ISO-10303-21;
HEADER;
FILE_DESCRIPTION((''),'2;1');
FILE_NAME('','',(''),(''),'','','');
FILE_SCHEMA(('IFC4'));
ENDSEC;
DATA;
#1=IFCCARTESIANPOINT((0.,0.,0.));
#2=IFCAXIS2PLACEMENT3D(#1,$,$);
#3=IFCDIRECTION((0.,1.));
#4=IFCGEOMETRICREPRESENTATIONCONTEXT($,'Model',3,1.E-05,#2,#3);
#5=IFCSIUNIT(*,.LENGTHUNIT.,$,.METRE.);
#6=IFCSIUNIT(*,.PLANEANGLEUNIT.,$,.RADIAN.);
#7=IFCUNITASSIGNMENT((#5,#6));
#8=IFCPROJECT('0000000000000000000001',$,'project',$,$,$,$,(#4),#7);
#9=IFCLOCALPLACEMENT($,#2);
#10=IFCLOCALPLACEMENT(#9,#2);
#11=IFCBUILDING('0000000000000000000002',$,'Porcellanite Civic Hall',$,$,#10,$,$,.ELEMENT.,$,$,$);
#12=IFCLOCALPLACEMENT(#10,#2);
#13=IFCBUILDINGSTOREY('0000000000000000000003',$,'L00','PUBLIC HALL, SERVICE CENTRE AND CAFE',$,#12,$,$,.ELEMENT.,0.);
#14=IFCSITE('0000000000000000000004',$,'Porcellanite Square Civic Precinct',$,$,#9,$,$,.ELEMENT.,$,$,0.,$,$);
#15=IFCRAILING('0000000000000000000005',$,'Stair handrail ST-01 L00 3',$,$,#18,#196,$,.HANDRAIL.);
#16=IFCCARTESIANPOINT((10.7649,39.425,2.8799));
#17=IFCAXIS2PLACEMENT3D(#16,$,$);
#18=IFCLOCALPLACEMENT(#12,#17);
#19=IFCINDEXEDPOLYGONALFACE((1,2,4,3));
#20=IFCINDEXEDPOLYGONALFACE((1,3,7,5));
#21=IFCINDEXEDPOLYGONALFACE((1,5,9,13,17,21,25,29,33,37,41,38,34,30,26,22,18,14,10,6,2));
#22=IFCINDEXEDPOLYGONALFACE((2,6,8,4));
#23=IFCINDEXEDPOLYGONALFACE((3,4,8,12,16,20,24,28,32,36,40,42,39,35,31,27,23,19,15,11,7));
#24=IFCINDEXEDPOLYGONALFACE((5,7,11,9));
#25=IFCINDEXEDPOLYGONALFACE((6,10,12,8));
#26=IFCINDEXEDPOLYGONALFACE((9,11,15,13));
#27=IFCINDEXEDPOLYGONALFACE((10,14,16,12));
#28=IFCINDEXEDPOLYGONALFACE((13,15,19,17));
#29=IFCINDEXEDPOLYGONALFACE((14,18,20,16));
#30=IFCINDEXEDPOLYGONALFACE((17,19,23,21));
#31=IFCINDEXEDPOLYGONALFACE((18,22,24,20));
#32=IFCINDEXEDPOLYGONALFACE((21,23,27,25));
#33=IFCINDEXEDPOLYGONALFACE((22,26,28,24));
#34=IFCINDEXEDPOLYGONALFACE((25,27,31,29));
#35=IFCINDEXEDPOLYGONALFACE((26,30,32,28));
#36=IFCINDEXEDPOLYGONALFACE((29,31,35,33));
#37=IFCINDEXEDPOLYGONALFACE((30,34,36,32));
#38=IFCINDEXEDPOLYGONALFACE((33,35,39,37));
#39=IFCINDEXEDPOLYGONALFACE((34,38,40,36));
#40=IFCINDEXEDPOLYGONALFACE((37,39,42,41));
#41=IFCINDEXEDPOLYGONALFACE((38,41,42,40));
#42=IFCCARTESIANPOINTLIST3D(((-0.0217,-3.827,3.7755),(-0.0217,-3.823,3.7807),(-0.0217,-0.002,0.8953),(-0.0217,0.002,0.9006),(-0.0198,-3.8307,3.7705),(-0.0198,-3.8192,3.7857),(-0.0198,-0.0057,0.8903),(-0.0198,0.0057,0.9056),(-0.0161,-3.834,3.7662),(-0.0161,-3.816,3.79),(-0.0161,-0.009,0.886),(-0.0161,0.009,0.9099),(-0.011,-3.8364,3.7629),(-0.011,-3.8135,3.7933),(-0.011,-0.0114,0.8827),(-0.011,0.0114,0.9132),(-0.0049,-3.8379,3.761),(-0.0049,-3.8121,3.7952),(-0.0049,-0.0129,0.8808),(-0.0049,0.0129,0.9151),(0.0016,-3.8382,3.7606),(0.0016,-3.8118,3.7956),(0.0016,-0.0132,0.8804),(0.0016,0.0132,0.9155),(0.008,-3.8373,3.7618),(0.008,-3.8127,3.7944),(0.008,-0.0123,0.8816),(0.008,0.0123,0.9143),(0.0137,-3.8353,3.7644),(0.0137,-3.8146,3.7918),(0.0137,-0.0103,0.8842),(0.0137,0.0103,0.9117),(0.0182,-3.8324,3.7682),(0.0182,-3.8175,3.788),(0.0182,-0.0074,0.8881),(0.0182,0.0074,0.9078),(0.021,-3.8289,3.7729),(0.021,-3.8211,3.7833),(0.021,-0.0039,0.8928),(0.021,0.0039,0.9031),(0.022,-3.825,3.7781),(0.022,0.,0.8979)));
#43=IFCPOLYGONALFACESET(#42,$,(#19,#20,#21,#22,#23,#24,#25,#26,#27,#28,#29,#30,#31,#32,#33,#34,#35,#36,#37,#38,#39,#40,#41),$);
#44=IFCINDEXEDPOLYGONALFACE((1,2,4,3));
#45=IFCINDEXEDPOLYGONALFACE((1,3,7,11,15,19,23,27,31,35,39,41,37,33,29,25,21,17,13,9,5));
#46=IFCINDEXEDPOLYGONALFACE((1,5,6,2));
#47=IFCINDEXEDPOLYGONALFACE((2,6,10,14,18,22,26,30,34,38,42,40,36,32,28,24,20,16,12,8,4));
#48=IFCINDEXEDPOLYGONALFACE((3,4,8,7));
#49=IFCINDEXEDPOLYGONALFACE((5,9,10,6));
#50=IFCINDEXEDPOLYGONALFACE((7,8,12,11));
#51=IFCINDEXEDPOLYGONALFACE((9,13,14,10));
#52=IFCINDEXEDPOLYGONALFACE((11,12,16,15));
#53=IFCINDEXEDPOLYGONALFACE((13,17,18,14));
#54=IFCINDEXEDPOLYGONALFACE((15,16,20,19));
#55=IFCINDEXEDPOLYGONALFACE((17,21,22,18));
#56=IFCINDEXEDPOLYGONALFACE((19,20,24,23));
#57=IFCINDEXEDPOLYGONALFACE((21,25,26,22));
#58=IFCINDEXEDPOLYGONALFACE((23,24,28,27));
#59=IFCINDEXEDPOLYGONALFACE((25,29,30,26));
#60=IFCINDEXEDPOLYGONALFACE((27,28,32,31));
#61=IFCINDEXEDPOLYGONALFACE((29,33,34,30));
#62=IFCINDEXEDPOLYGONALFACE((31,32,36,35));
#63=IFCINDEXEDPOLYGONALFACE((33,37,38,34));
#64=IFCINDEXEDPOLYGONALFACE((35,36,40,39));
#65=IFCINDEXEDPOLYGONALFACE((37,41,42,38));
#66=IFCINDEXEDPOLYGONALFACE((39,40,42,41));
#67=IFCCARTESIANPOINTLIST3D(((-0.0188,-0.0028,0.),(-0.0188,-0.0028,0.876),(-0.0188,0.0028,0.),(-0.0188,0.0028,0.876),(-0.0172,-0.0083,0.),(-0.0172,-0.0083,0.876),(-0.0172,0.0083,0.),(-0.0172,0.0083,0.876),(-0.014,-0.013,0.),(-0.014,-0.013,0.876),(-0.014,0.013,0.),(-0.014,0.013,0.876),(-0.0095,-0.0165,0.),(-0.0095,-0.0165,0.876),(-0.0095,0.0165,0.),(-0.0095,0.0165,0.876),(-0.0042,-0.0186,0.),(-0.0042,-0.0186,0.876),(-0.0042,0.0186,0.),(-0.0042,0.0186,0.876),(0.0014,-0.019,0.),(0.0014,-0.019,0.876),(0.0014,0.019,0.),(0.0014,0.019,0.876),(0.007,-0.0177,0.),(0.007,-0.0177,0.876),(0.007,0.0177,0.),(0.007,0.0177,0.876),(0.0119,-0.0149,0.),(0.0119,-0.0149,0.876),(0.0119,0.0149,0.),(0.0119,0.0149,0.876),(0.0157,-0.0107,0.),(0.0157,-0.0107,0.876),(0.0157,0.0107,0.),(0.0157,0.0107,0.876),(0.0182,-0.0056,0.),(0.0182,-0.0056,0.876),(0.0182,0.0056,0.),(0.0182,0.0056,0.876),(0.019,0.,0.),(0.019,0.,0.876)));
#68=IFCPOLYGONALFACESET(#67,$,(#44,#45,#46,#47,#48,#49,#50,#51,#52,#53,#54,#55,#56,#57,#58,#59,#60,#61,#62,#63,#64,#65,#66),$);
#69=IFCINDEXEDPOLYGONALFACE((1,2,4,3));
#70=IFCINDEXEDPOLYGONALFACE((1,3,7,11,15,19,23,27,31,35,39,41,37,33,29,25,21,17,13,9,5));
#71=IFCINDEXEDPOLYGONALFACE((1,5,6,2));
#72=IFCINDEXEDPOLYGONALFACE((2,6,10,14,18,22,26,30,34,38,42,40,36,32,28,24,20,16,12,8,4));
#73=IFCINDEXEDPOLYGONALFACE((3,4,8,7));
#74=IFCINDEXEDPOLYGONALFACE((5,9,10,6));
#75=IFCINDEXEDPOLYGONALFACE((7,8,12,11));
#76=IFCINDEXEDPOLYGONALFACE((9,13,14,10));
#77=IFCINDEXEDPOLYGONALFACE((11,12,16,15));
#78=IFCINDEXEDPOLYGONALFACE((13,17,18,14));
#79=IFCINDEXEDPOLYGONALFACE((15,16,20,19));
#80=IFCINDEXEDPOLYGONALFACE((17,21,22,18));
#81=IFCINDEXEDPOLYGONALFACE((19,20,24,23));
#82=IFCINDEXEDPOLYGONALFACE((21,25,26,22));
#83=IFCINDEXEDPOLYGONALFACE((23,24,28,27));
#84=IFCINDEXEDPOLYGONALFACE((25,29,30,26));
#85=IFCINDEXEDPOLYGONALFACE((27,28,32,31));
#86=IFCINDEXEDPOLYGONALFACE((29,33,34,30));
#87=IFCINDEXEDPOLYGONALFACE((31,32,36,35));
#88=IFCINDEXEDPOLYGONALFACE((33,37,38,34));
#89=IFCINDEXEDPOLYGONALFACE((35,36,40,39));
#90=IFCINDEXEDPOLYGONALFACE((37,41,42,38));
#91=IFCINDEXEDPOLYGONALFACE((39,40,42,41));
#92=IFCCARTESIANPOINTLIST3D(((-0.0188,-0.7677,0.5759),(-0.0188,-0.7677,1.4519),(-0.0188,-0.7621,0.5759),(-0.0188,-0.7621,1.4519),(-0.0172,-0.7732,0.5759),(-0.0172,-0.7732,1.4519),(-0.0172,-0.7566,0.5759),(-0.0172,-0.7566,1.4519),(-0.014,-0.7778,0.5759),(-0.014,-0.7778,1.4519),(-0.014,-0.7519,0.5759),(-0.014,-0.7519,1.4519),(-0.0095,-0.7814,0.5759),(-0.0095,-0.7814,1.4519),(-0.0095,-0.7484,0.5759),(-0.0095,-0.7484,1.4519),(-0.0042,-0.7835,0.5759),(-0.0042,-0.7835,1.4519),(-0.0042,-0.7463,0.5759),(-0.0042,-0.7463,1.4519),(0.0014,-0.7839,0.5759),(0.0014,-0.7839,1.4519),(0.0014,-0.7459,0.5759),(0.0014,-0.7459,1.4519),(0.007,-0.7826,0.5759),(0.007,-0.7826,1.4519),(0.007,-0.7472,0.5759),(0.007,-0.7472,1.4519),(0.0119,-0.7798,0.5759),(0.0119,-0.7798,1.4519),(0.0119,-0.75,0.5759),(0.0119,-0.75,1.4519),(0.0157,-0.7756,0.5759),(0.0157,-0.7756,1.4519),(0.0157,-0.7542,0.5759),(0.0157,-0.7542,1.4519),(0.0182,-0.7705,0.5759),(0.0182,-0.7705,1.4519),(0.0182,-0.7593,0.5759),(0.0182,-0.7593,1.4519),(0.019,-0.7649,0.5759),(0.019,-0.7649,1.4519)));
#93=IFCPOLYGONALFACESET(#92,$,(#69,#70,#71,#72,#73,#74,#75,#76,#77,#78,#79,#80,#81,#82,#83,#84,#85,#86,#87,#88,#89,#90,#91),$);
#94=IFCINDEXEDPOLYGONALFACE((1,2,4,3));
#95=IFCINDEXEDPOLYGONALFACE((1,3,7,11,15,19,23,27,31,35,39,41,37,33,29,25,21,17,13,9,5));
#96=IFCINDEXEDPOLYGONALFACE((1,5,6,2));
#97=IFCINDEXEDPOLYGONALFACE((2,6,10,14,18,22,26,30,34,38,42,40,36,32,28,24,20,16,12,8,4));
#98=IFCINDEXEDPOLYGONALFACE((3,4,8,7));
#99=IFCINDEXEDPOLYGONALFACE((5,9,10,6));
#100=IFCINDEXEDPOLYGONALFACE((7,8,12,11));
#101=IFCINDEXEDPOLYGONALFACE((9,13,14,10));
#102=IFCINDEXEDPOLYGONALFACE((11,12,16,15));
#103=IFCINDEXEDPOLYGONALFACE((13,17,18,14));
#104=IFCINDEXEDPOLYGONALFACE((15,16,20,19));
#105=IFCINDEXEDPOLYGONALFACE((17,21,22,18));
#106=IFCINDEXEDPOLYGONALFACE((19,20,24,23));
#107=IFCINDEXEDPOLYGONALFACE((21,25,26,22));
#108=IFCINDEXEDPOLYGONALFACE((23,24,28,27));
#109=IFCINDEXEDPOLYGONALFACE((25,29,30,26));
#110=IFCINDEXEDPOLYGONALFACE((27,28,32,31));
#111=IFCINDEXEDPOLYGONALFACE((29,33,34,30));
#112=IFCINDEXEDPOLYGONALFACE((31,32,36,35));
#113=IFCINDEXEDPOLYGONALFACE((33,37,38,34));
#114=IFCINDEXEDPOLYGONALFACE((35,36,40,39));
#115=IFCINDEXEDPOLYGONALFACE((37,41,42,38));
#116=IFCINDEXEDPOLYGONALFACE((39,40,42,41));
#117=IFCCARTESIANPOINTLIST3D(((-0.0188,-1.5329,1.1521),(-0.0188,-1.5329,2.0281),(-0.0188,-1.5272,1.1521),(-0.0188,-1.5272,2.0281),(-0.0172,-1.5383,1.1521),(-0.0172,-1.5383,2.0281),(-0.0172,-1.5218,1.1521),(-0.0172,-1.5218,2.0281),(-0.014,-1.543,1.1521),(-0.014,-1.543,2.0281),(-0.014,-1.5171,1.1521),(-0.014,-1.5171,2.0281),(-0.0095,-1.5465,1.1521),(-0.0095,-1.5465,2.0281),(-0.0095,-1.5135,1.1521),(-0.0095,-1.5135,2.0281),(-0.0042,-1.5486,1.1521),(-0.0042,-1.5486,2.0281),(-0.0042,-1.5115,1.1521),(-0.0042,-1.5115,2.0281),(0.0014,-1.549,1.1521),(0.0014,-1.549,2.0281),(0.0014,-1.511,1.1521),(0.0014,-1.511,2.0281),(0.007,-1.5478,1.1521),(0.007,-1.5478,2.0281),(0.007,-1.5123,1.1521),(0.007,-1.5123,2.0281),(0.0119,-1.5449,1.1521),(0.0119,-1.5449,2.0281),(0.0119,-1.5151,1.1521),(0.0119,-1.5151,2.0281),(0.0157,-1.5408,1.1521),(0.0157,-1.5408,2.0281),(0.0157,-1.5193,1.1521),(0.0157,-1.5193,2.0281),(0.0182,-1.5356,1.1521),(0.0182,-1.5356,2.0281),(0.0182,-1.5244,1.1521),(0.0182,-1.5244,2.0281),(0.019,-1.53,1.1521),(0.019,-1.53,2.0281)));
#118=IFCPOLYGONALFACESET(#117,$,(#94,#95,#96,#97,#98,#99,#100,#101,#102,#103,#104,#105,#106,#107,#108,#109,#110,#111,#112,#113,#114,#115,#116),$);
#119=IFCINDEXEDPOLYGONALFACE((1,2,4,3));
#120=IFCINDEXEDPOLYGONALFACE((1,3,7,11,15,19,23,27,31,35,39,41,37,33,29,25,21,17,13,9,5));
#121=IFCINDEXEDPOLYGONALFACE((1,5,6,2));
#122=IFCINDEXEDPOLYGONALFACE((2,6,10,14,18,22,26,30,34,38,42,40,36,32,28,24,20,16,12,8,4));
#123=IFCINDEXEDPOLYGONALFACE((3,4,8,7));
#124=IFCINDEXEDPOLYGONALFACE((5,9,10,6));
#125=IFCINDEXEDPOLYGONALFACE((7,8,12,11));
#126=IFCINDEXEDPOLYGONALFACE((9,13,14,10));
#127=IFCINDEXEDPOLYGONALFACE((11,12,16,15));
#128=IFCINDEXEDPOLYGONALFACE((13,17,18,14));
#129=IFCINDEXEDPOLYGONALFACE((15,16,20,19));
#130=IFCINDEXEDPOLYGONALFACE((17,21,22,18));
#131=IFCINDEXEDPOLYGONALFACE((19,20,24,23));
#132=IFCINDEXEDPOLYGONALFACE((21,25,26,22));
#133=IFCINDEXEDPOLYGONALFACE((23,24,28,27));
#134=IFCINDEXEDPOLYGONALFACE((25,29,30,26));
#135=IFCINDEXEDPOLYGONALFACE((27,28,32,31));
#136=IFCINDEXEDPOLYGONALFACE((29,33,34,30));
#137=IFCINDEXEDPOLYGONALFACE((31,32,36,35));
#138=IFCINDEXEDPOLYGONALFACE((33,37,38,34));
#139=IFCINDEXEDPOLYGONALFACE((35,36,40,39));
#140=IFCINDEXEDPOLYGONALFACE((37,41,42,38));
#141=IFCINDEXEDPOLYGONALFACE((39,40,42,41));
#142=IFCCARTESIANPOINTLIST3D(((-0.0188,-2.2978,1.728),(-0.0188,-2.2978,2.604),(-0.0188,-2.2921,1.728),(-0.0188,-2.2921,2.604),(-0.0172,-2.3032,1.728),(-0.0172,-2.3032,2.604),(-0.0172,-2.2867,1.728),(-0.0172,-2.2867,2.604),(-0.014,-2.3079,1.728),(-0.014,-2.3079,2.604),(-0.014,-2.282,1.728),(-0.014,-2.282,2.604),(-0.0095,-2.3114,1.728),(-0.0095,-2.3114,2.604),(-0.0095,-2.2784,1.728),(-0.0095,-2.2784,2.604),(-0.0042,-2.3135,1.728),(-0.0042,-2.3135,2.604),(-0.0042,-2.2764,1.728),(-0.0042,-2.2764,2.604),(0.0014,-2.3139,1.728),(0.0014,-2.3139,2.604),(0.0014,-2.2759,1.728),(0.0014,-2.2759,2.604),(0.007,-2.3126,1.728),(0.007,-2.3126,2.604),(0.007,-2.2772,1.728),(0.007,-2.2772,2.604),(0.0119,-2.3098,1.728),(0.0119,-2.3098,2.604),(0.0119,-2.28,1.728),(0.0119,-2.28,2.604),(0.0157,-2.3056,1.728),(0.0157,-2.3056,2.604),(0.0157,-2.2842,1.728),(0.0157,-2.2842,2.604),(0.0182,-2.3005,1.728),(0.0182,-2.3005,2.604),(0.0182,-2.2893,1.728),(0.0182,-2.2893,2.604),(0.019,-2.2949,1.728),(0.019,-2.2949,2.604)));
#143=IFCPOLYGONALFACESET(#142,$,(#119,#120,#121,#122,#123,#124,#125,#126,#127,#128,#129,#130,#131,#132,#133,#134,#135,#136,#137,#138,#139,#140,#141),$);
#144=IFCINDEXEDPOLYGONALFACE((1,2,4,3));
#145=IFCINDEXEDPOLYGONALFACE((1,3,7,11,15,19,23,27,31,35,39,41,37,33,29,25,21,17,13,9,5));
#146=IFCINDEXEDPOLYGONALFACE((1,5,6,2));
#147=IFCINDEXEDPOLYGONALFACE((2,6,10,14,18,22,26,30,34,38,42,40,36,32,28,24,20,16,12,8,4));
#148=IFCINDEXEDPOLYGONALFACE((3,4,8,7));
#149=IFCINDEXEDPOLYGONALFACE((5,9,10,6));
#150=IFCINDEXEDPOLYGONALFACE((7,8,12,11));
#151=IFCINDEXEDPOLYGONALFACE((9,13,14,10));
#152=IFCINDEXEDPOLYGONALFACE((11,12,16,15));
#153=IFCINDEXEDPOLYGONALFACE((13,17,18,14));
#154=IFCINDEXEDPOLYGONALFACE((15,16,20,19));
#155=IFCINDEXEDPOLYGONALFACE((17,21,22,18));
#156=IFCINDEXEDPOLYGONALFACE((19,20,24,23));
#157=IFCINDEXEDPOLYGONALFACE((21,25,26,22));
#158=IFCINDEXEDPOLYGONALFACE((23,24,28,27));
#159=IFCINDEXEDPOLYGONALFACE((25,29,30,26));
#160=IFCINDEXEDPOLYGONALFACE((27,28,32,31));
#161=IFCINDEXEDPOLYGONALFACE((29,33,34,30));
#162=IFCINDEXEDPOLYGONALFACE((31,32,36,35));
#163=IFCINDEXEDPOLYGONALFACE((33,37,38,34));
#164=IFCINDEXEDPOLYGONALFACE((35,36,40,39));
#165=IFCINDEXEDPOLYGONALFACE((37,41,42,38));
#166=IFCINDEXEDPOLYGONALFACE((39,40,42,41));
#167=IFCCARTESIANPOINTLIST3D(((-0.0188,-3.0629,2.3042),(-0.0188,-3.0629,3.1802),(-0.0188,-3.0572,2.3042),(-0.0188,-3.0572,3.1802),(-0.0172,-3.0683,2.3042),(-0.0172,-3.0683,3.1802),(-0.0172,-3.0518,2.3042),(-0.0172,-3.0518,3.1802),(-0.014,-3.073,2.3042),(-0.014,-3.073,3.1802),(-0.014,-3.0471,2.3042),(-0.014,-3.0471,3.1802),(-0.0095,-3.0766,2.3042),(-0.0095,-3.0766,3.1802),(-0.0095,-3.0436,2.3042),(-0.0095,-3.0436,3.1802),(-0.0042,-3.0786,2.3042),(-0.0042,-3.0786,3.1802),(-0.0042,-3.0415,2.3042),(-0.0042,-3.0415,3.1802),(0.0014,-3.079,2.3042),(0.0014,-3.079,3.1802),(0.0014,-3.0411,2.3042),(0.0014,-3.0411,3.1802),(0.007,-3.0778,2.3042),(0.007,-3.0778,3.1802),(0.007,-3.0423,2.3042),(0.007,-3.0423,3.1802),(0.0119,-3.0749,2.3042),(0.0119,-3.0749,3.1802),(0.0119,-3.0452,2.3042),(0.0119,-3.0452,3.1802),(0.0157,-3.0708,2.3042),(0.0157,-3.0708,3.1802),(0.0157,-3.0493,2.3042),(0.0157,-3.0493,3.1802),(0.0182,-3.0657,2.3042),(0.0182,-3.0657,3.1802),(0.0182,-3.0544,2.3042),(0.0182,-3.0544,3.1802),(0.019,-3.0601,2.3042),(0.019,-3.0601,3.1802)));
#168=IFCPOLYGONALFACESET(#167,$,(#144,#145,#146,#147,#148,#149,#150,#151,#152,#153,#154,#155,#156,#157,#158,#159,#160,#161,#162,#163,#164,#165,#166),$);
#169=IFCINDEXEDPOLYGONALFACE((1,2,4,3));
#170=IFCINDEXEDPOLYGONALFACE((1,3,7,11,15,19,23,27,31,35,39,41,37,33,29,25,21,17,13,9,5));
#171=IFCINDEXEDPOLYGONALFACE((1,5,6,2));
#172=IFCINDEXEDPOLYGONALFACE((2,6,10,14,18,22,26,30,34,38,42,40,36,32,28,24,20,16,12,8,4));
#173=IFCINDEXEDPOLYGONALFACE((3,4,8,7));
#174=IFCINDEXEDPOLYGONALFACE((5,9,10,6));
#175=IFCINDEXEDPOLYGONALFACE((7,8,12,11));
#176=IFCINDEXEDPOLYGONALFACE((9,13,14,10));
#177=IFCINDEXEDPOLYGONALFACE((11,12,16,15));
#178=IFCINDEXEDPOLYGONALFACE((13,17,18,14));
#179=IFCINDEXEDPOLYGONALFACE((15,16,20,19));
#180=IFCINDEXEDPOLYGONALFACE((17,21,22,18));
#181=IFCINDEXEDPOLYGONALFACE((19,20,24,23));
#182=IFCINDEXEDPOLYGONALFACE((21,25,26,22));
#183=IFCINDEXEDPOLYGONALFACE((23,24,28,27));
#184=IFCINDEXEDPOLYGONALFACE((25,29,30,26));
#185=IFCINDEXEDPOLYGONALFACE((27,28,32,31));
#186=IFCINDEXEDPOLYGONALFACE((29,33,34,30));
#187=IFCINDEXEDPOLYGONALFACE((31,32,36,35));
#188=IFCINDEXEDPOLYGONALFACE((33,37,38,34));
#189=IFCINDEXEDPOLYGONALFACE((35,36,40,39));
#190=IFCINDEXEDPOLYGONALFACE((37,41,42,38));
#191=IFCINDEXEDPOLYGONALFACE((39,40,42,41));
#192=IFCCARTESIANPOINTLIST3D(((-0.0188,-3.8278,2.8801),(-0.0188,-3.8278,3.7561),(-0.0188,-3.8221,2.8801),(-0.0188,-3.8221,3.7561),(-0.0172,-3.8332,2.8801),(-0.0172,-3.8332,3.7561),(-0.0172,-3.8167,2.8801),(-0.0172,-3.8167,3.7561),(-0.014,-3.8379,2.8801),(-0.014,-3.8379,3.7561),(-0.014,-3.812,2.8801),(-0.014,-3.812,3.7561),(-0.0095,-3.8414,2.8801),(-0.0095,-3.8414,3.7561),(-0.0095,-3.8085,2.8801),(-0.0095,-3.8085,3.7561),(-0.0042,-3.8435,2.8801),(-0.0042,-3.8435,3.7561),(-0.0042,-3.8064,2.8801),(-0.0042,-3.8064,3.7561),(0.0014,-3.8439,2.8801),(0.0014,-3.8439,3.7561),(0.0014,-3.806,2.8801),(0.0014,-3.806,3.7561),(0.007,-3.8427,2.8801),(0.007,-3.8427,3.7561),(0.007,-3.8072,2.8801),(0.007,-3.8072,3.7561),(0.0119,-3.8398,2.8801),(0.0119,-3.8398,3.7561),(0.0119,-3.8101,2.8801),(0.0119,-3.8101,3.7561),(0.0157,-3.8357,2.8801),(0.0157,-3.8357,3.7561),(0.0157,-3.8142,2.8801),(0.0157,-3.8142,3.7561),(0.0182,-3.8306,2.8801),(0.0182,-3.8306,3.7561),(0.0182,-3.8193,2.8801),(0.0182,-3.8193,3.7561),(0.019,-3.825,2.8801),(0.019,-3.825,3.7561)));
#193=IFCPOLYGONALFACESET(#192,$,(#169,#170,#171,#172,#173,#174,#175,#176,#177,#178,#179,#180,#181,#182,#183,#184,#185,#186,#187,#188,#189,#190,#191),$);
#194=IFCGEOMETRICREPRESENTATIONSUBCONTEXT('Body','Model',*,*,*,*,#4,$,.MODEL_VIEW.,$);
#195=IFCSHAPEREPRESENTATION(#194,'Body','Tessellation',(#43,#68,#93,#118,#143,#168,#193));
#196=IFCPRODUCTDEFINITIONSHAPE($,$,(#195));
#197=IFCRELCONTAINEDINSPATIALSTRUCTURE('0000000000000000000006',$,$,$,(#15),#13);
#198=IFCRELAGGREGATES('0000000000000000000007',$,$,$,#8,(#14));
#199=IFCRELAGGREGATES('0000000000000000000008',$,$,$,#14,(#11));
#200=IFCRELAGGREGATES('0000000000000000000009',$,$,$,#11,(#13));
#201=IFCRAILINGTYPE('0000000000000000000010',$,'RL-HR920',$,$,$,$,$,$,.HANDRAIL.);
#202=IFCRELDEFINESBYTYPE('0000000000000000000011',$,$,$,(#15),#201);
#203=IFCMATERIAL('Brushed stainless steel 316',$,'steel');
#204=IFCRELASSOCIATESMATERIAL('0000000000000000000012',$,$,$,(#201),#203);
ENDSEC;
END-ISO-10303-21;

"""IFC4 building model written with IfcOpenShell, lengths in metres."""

from ifc_helpers import new_model, si_unit, direction, frame, origin, origin_2d, place, context, subcontext, project, spatial, circle, extrude, material, type_object, element, save


model = new_model("IFC4")

# Units and contexts
model_context = context("Model", 3, precision=1e-05, world=origin(), true_north=direction((0.0, 1.0)))
body_context = subcontext(model_context, "Body", "Model", "MODEL_VIEW")
ifc_project = project(units=[si_unit("LENGTHUNIT", "METRE"), si_unit("PLANEANGLEUNIT", "RADIAN")], contexts=[model_context])

# Site, building, storey
site_placement = place(None, origin())
site = spatial("IfcSite", under=ifc_project, at=site_placement, Name="Porcellanite Square Civic Precinct", CompositionType="ELEMENT", RefElevation=0.0)
building_placement = place(site_placement, origin())
building = spatial("IfcBuilding", under=site, at=building_placement, Name="Porcellanite Civic Hall", CompositionType="ELEMENT")
storey_placement = place(building_placement, origin())
storey = spatial("IfcBuildingStorey", under=building, at=storey_placement, Name="L00", Description="PUBLIC HALL, SERVICE CENTRE AND CAFE", CompositionType="ELEMENT", Elevation=0.0)

# Railing
ifc_material_1 = material(Name="Brushed stainless steel 316", Category="steel")
railing_type_1 = type_object("IfcRailingType", Name="RL-HR920", PredefinedType="HANDRAIL", material=ifc_material_1)
railing_1_placement = place(storey_placement, frame((10.7649, 39.425, 2.8799)))
element("IfcRailing", 1, at=railing_1_placement, inside=storey, type_object=railing_type_1, Name="Stair handrail ST-01 L00 3", PredefinedType="HANDRAIL", context=body_context, shape_type="SweptSolid", body=[
    extrude(circle(Radius=0.022, at=origin_2d()), frame((0.0, 0.0, 0.8979), z_axis=(0.0, -0.798854, 0.601525), x_axis=(1.0, 0.0, 0.0)), (0.0, 0.0, 1.0), 4.7881),
    extrude(circle(Radius=0.019, at=origin_2d()), origin(), (0.0, 0.0, 1.0), 0.876),
    extrude(circle(Radius=0.019, at=origin_2d()), frame((0.0, -0.7649, 0.5759)), (0.0, 0.0, 1.0), 0.876),
    extrude(circle(Radius=0.019, at=origin_2d()), frame((0.0, -1.53, 1.1521)), (0.0, 0.0, 1.0), 0.876),
    extrude(circle(Radius=0.019, at=origin_2d()), frame((0.0, -2.2949, 1.728)), (0.0, 0.0, 1.0), 0.876),
    extrude(circle(Radius=0.019, at=origin_2d()), frame((0.0, -3.0601, 2.3042)), (0.0, 0.0, 1.0), 0.876),
    extrude(circle(Radius=0.019, at=origin_2d()), frame((0.0, -3.825, 2.8801)), (0.0, 0.0, 1.0), 0.876),
])

save(model, "model.ifc")
